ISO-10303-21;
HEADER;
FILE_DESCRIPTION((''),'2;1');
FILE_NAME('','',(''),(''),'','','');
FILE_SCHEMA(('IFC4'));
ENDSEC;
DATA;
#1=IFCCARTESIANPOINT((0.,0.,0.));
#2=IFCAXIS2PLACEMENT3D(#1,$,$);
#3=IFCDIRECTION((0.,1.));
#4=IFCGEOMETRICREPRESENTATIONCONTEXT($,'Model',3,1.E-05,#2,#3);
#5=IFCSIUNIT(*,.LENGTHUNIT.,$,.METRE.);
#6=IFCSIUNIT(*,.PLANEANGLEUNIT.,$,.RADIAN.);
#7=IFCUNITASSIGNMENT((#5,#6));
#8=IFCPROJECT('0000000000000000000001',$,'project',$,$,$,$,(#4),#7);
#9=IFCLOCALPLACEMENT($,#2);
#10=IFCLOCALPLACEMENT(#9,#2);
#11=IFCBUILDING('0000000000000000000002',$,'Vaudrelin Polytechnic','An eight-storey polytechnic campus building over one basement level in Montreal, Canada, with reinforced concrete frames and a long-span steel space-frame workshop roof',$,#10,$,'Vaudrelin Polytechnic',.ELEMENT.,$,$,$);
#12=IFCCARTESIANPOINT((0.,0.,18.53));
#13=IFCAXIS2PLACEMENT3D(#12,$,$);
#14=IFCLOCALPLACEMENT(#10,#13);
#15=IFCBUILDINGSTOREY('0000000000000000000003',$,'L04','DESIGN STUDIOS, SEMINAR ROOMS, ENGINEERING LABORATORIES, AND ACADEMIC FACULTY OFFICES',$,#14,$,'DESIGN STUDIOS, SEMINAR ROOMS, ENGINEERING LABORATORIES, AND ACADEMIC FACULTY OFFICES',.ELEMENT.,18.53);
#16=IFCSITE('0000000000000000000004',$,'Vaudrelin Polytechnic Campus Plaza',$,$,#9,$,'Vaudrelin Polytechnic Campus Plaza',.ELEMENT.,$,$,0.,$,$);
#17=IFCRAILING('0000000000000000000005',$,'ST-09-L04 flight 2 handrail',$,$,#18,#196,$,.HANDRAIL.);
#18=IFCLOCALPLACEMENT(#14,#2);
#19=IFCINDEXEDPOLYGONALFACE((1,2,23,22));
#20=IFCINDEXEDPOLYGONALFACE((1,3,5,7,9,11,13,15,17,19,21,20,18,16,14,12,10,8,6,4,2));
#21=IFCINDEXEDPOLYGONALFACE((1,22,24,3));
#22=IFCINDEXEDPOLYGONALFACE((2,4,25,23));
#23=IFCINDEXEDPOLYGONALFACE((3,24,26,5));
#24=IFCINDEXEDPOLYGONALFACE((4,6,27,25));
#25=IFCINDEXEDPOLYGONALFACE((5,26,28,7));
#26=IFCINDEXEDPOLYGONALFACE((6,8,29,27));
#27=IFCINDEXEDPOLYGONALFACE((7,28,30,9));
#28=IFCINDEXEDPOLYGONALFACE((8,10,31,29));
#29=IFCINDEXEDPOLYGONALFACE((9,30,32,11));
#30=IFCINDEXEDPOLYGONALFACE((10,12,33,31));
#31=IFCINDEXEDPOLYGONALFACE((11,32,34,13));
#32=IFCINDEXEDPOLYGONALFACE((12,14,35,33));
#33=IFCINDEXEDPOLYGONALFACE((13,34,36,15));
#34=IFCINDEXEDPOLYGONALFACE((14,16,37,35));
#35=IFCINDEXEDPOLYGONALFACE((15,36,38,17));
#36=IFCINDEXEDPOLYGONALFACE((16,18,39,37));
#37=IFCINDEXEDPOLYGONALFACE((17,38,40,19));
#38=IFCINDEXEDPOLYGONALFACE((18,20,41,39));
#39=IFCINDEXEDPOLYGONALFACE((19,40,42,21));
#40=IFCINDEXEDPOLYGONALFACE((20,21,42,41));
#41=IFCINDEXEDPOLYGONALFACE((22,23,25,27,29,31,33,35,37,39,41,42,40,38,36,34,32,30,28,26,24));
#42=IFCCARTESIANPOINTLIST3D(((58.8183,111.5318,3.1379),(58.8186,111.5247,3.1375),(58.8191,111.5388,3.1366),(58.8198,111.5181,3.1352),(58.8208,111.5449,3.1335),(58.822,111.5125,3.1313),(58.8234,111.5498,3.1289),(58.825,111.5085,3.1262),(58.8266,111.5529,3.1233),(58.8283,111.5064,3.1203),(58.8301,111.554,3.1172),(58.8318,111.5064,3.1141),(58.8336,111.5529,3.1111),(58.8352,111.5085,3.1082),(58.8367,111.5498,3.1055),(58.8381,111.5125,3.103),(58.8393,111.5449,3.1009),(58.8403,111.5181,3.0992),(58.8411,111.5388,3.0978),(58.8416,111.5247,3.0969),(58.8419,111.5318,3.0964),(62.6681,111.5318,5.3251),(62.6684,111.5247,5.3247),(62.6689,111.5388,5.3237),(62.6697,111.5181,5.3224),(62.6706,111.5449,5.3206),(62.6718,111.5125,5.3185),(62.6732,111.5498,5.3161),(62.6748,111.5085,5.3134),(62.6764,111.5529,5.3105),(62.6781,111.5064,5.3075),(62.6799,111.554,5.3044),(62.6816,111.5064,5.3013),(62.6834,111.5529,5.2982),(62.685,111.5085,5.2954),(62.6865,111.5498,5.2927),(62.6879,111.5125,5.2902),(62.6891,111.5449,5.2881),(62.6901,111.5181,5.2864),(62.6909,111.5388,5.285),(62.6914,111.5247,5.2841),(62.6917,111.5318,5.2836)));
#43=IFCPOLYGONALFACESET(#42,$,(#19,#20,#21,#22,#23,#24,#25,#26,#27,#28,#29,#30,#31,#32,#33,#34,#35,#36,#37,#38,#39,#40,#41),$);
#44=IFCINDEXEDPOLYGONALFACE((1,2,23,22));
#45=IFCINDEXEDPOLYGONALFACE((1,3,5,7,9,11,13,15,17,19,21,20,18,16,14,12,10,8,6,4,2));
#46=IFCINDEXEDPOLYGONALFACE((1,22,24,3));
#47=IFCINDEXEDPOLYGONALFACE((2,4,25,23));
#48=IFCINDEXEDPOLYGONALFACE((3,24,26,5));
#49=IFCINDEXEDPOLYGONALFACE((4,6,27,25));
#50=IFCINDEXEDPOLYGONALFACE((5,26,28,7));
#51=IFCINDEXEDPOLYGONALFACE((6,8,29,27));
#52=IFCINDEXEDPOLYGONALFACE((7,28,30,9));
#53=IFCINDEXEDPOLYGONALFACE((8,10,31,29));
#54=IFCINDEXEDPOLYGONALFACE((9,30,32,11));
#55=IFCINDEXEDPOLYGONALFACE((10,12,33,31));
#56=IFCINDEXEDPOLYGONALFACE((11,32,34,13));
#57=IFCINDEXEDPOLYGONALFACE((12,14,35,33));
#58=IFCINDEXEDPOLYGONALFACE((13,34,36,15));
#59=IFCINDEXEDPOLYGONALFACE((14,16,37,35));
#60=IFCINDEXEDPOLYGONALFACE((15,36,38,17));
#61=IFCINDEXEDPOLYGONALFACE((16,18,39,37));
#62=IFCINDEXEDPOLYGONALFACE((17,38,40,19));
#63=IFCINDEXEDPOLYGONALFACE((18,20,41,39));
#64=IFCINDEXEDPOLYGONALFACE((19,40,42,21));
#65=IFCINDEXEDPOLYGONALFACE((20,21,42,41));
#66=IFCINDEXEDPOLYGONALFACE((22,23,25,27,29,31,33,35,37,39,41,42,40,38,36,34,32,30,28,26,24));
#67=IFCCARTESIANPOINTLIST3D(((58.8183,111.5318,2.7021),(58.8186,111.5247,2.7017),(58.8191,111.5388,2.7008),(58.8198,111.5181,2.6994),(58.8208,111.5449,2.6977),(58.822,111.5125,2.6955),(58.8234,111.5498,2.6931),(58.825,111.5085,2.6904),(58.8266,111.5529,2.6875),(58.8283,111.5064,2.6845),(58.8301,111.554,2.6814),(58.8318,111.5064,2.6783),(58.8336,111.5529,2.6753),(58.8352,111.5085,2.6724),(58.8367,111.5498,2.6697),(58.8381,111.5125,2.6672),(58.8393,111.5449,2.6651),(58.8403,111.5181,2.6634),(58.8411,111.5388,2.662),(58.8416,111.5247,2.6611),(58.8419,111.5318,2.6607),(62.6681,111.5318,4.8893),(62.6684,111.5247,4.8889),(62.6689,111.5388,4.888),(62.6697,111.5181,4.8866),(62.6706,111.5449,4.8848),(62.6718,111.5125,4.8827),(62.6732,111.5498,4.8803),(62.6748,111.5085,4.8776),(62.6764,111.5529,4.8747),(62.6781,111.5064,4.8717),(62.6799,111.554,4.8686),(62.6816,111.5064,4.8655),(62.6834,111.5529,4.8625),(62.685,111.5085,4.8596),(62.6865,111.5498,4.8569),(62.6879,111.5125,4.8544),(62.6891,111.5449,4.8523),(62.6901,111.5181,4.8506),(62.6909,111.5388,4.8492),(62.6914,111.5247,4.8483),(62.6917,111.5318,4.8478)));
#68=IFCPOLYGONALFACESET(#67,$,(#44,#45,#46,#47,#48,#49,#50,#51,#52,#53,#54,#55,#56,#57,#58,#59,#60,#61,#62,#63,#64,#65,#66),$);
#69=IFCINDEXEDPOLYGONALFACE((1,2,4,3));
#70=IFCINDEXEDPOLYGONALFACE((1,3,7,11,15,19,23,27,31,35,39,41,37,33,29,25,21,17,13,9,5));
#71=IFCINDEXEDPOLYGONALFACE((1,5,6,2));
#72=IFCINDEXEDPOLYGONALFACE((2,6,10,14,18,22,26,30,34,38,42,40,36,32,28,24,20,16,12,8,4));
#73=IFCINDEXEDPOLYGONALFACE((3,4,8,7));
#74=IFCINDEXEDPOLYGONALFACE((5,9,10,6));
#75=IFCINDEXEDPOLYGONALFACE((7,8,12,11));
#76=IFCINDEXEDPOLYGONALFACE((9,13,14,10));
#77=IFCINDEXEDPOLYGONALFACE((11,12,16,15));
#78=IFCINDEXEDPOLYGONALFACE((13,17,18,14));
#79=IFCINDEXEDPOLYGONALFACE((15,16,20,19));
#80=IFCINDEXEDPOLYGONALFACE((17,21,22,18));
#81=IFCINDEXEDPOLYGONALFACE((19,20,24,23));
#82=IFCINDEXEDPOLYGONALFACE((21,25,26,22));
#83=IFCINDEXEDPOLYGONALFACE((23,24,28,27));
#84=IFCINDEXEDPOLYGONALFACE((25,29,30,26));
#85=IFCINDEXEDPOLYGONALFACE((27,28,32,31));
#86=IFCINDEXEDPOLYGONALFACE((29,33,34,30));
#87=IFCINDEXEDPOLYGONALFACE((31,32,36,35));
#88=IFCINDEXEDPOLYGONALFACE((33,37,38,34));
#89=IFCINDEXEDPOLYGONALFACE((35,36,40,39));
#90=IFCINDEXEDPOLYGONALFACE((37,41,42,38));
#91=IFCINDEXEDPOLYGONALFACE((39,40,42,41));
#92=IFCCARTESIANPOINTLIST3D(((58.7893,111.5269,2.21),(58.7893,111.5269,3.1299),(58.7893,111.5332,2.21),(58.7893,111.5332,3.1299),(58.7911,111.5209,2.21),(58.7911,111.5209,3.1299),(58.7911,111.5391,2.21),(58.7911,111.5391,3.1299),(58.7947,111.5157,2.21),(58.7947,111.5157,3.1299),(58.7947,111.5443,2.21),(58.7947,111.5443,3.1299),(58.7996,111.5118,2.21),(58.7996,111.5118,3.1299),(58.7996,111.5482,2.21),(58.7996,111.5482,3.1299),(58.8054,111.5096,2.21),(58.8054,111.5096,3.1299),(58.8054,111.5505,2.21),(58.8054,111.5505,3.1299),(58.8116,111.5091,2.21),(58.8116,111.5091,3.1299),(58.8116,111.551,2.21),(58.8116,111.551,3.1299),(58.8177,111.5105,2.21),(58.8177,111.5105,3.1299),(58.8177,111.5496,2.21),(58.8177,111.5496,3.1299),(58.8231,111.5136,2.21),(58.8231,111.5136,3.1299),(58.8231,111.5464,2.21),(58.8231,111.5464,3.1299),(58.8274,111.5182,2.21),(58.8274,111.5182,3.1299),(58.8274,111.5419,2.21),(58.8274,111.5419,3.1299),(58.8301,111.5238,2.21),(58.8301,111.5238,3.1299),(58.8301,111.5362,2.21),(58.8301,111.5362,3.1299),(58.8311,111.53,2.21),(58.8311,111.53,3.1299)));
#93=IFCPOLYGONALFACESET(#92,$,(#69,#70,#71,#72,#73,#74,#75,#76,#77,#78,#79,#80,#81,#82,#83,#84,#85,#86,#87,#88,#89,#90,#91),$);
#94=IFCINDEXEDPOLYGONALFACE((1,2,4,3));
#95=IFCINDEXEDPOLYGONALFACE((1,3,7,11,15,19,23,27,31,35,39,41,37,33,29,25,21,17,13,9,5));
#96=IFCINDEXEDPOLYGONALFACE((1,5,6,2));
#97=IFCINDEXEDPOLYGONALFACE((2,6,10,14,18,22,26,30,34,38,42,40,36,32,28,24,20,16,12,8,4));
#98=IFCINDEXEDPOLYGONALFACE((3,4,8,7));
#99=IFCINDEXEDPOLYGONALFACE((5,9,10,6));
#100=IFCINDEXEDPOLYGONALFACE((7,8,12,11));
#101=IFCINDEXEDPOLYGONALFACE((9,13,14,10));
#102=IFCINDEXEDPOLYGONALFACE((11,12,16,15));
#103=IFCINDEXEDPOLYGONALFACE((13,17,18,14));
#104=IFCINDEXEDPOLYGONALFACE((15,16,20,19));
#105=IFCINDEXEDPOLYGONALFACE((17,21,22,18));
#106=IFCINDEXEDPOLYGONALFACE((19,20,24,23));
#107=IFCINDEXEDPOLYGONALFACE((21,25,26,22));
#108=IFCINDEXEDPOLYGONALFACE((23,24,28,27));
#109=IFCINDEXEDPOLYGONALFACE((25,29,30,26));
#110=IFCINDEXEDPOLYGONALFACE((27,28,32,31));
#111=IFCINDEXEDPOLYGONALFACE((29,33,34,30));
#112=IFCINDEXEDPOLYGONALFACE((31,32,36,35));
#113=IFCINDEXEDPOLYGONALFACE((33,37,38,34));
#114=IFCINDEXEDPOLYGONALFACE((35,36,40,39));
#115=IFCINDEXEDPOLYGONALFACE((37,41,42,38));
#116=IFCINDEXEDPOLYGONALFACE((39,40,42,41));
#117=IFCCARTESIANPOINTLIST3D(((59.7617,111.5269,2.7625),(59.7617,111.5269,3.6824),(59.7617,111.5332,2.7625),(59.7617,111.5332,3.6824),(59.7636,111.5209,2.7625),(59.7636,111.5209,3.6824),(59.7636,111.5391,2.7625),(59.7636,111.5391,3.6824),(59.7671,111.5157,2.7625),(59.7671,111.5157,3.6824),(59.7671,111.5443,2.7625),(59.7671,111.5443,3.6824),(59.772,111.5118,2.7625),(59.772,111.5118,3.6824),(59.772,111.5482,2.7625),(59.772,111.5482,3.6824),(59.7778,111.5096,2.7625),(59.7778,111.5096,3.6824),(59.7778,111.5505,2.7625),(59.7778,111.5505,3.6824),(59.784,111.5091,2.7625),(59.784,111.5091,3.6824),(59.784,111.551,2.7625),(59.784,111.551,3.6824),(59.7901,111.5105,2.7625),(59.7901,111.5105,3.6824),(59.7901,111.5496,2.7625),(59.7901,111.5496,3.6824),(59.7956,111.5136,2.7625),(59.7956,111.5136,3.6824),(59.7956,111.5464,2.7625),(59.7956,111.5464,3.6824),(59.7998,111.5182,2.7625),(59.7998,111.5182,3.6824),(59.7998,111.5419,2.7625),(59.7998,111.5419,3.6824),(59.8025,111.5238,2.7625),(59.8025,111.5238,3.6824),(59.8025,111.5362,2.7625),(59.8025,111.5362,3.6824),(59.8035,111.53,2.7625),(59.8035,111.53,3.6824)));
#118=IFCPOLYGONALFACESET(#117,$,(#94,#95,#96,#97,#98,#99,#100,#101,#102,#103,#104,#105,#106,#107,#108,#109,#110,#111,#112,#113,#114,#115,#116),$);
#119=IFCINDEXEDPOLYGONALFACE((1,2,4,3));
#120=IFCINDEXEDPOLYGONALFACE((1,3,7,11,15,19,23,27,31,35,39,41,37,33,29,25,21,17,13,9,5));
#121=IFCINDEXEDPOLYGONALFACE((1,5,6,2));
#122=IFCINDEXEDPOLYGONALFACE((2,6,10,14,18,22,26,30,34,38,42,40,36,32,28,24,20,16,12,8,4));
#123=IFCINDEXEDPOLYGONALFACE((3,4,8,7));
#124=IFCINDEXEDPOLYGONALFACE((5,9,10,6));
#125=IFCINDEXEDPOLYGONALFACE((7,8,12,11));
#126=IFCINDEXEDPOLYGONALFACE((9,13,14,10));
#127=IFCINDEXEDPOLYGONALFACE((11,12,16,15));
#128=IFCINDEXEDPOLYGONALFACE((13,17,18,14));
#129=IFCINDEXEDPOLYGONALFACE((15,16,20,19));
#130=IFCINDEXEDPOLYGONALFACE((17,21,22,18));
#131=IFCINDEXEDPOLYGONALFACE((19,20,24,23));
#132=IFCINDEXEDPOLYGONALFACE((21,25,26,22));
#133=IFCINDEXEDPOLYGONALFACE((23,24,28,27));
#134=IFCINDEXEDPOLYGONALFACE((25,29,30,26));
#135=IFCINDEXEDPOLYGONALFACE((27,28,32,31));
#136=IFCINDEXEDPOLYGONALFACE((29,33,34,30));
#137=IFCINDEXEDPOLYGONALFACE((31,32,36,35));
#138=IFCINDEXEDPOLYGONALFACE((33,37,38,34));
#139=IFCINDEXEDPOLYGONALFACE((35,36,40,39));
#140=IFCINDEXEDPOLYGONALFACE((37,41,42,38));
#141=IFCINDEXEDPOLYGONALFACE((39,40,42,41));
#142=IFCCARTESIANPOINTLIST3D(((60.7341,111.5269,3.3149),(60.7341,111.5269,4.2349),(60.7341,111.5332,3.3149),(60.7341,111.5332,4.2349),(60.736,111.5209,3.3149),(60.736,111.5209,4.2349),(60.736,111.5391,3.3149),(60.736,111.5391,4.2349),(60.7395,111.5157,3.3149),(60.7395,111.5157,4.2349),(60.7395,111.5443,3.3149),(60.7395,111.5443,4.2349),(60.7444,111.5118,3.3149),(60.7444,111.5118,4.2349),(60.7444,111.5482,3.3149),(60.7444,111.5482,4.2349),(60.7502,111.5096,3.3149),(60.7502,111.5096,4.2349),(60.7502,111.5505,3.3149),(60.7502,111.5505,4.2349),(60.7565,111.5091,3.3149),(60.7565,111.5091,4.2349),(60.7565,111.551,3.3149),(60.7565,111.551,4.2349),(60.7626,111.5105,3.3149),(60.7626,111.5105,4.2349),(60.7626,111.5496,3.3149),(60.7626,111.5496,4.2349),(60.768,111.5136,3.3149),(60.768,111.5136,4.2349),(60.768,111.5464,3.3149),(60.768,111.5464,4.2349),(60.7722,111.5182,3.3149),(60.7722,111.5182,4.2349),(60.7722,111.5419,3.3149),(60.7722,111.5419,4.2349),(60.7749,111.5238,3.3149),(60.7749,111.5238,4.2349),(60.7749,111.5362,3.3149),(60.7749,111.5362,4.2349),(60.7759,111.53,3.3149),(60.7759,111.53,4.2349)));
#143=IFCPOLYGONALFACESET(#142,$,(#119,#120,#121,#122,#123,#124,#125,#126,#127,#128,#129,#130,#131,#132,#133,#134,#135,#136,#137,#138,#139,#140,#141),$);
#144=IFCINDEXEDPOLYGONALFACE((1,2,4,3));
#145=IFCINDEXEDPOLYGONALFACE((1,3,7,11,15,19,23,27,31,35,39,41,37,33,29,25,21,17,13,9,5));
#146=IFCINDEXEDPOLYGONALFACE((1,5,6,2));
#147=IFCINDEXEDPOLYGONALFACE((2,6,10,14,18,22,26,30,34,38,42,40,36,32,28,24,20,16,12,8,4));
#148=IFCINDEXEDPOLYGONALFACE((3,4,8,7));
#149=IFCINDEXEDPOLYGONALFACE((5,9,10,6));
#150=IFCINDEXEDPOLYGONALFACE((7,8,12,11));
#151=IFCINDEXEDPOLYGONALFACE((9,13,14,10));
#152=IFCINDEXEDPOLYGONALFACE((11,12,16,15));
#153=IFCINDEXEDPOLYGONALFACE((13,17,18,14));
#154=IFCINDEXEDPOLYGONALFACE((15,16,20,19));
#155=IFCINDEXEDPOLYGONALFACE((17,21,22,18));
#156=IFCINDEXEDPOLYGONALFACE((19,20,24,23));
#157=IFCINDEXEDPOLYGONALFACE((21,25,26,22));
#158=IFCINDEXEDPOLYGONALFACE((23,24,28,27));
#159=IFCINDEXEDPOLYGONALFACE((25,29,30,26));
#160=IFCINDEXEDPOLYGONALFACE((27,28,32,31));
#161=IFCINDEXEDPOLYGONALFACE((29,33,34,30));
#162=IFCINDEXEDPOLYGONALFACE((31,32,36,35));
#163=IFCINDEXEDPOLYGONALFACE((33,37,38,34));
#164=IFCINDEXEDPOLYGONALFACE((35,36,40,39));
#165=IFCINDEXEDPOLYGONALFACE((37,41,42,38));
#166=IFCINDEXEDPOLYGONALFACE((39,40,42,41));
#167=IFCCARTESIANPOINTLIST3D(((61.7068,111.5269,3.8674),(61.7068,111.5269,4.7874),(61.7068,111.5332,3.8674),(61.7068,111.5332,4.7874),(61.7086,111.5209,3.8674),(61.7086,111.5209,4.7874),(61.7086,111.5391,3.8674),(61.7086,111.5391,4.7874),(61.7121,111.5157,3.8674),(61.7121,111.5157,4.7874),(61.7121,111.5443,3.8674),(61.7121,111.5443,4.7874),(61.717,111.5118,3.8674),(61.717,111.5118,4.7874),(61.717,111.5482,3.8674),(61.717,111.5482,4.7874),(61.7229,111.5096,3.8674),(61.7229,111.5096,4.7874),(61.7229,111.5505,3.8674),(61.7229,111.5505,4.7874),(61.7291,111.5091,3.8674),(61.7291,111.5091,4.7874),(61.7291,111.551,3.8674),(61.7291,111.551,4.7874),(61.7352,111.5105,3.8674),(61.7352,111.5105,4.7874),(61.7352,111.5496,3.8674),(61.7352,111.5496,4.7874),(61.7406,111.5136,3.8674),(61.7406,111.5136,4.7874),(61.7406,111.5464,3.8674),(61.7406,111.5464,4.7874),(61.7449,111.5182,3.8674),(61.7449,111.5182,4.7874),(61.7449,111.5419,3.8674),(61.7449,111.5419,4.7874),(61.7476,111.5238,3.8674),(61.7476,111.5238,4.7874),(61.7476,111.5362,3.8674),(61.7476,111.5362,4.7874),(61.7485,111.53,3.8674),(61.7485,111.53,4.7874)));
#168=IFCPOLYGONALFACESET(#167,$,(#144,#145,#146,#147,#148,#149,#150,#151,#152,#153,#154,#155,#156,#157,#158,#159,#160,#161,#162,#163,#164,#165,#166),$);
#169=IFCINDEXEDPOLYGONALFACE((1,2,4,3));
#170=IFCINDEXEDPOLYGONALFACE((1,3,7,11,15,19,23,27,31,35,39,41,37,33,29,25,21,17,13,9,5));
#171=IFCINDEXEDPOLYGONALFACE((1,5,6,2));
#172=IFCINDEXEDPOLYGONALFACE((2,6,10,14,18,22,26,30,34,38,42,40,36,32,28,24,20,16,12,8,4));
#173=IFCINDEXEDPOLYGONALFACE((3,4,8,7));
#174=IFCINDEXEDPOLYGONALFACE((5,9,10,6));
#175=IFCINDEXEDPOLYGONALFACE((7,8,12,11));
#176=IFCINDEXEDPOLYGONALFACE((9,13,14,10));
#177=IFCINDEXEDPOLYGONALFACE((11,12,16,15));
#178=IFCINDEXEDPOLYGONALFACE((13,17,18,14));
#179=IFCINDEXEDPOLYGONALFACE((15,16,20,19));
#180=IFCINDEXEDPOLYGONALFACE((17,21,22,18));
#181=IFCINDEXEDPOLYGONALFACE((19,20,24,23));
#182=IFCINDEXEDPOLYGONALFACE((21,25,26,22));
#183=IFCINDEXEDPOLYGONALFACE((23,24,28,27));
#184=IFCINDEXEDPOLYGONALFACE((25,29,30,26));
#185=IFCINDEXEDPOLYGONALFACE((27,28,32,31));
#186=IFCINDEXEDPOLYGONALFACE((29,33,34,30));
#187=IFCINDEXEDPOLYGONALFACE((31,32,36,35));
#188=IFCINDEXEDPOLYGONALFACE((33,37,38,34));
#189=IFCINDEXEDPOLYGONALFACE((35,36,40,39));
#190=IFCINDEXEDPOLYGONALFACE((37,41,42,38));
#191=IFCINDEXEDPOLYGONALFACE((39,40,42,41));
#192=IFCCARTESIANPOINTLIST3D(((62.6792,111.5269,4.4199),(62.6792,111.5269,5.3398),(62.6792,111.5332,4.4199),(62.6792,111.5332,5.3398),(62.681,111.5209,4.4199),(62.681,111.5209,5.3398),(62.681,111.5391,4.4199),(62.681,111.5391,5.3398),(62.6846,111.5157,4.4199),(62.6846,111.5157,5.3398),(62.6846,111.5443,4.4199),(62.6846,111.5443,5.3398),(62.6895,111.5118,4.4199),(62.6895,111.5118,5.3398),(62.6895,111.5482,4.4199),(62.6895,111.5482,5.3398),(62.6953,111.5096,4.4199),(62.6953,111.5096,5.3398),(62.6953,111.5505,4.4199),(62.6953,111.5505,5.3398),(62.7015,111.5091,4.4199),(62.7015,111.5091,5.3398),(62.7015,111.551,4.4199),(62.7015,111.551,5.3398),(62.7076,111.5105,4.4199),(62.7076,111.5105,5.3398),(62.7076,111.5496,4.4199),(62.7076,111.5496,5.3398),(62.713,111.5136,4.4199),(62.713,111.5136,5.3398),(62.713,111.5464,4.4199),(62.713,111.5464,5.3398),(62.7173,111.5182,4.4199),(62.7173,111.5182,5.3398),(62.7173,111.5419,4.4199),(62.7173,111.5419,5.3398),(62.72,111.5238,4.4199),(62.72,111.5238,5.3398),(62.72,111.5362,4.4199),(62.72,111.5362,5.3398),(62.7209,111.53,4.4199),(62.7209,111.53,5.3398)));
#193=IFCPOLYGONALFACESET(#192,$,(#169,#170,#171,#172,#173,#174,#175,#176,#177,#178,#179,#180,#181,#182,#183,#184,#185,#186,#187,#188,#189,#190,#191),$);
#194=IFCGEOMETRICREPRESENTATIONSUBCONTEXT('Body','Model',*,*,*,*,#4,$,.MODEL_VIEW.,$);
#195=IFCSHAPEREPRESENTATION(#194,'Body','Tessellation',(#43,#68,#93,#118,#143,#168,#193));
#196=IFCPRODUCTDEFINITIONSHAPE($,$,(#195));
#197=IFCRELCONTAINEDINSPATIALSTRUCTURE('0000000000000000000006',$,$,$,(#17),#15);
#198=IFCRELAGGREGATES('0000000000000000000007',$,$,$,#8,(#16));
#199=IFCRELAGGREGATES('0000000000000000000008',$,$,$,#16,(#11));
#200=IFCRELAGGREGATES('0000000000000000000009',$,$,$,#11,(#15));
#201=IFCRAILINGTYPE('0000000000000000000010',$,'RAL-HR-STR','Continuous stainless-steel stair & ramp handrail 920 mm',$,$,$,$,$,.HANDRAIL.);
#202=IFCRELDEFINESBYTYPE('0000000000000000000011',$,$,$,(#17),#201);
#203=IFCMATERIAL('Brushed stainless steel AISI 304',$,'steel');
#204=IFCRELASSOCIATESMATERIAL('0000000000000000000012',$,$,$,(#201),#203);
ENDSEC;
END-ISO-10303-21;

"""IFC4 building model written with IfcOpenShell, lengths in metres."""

from ifc_helpers import new_model, si_unit, direction, frame, origin, origin_2d, place, context, subcontext, project, spatial, circle, extrude, material, type_object, element, save


model = new_model("IFC4")

# Units and contexts
model_context = context("Model", 3, precision=1e-05, world=origin(), true_north=direction((0.0, 1.0)))
body_context = subcontext(model_context, "Body", "Model", "MODEL_VIEW")
ifc_project = project(units=[si_unit("LENGTHUNIT", "METRE"), si_unit("PLANEANGLEUNIT", "RADIAN")], contexts=[model_context])

# Site, building, storey
site_placement = place(None, origin())
site = spatial("IfcSite", under=ifc_project, at=site_placement, Name="Vaudrelin Polytechnic Campus Plaza", LongName="Vaudrelin Polytechnic Campus Plaza", CompositionType="ELEMENT", RefElevation=0.0)
building_placement = place(site_placement, origin())
building = spatial("IfcBuilding", under=site, at=building_placement, Name="Vaudrelin Polytechnic", Description="An eight-storey polytechnic campus building over one basement level in Montreal, Canada, with reinforced concrete frames and a long-span steel space-frame workshop roof", LongName="Vaudrelin Polytechnic", CompositionType="ELEMENT")
storey_placement = place(building_placement, frame((0.0, 0.0, 18.53)))
storey = spatial("IfcBuildingStorey", under=building, at=storey_placement, Name="L04", Description="DESIGN STUDIOS, SEMINAR ROOMS, ENGINEERING LABORATORIES, AND ACADEMIC FACULTY OFFICES", LongName="DESIGN STUDIOS, SEMINAR ROOMS, ENGINEERING LABORATORIES, AND ACADEMIC FACULTY OFFICES", CompositionType="ELEMENT", Elevation=18.53)

# Railing
ifc_material_1 = material(Name="Brushed stainless steel AISI 304", Category="steel")
railing_type_1 = type_object("IfcRailingType", Name="RAL-HR-STR", Description="Continuous stainless-steel stair & ramp handrail 920 mm", PredefinedType="HANDRAIL", material=ifc_material_1)
railing_1_placement = place(storey_placement, frame((58.8101, 111.53, 2.21)))
element("IfcRailing", 1, at=railing_1_placement, inside=storey, type_object=railing_type_1, Name="ST-09-L04 flight 2 handrail", PredefinedType="HANDRAIL", context=body_context, shape_type="SweptSolid", body=[
    extrude(circle(Radius=0.0239, at=origin_2d()), frame((0.02, 0.0, 0.9072), z_axis=(0.869476, 0.0, 0.493975), x_axis=(0.0, 1.0, 0.0)), (0.0, 0.0, 1.0), 4.4277),
    extrude(circle(Radius=0.0239, at=origin_2d()), frame((0.02, 0.0, 0.4714), z_axis=(0.869476, 0.0, 0.493975), x_axis=(0.0, 1.0, 0.0)), (0.0, 0.0, 1.0), 4.4277),
    extrude(circle(Radius=0.021, at=origin_2d()), origin(), (0.0, 0.0, 1.0), 0.9199),
    extrude(circle(Radius=0.021, at=origin_2d()), frame((0.9724, 0.0, 0.5525)), (0.0, 0.0, 1.0), 0.9199),
    extrude(circle(Radius=0.021, at=origin_2d()), frame((1.9448, 0.0, 1.105)), (0.0, 0.0, 1.0), 0.9199),
    extrude(circle(Radius=0.021, at=origin_2d()), frame((2.9175, 0.0, 1.6575)), (0.0, 0.0, 1.0), 0.9199),
    extrude(circle(Radius=0.021, at=origin_2d()), frame((3.8899, 0.0, 2.21)), (0.0, 0.0, 1.0), 0.9199),
])

save(model, "model.ifc")
